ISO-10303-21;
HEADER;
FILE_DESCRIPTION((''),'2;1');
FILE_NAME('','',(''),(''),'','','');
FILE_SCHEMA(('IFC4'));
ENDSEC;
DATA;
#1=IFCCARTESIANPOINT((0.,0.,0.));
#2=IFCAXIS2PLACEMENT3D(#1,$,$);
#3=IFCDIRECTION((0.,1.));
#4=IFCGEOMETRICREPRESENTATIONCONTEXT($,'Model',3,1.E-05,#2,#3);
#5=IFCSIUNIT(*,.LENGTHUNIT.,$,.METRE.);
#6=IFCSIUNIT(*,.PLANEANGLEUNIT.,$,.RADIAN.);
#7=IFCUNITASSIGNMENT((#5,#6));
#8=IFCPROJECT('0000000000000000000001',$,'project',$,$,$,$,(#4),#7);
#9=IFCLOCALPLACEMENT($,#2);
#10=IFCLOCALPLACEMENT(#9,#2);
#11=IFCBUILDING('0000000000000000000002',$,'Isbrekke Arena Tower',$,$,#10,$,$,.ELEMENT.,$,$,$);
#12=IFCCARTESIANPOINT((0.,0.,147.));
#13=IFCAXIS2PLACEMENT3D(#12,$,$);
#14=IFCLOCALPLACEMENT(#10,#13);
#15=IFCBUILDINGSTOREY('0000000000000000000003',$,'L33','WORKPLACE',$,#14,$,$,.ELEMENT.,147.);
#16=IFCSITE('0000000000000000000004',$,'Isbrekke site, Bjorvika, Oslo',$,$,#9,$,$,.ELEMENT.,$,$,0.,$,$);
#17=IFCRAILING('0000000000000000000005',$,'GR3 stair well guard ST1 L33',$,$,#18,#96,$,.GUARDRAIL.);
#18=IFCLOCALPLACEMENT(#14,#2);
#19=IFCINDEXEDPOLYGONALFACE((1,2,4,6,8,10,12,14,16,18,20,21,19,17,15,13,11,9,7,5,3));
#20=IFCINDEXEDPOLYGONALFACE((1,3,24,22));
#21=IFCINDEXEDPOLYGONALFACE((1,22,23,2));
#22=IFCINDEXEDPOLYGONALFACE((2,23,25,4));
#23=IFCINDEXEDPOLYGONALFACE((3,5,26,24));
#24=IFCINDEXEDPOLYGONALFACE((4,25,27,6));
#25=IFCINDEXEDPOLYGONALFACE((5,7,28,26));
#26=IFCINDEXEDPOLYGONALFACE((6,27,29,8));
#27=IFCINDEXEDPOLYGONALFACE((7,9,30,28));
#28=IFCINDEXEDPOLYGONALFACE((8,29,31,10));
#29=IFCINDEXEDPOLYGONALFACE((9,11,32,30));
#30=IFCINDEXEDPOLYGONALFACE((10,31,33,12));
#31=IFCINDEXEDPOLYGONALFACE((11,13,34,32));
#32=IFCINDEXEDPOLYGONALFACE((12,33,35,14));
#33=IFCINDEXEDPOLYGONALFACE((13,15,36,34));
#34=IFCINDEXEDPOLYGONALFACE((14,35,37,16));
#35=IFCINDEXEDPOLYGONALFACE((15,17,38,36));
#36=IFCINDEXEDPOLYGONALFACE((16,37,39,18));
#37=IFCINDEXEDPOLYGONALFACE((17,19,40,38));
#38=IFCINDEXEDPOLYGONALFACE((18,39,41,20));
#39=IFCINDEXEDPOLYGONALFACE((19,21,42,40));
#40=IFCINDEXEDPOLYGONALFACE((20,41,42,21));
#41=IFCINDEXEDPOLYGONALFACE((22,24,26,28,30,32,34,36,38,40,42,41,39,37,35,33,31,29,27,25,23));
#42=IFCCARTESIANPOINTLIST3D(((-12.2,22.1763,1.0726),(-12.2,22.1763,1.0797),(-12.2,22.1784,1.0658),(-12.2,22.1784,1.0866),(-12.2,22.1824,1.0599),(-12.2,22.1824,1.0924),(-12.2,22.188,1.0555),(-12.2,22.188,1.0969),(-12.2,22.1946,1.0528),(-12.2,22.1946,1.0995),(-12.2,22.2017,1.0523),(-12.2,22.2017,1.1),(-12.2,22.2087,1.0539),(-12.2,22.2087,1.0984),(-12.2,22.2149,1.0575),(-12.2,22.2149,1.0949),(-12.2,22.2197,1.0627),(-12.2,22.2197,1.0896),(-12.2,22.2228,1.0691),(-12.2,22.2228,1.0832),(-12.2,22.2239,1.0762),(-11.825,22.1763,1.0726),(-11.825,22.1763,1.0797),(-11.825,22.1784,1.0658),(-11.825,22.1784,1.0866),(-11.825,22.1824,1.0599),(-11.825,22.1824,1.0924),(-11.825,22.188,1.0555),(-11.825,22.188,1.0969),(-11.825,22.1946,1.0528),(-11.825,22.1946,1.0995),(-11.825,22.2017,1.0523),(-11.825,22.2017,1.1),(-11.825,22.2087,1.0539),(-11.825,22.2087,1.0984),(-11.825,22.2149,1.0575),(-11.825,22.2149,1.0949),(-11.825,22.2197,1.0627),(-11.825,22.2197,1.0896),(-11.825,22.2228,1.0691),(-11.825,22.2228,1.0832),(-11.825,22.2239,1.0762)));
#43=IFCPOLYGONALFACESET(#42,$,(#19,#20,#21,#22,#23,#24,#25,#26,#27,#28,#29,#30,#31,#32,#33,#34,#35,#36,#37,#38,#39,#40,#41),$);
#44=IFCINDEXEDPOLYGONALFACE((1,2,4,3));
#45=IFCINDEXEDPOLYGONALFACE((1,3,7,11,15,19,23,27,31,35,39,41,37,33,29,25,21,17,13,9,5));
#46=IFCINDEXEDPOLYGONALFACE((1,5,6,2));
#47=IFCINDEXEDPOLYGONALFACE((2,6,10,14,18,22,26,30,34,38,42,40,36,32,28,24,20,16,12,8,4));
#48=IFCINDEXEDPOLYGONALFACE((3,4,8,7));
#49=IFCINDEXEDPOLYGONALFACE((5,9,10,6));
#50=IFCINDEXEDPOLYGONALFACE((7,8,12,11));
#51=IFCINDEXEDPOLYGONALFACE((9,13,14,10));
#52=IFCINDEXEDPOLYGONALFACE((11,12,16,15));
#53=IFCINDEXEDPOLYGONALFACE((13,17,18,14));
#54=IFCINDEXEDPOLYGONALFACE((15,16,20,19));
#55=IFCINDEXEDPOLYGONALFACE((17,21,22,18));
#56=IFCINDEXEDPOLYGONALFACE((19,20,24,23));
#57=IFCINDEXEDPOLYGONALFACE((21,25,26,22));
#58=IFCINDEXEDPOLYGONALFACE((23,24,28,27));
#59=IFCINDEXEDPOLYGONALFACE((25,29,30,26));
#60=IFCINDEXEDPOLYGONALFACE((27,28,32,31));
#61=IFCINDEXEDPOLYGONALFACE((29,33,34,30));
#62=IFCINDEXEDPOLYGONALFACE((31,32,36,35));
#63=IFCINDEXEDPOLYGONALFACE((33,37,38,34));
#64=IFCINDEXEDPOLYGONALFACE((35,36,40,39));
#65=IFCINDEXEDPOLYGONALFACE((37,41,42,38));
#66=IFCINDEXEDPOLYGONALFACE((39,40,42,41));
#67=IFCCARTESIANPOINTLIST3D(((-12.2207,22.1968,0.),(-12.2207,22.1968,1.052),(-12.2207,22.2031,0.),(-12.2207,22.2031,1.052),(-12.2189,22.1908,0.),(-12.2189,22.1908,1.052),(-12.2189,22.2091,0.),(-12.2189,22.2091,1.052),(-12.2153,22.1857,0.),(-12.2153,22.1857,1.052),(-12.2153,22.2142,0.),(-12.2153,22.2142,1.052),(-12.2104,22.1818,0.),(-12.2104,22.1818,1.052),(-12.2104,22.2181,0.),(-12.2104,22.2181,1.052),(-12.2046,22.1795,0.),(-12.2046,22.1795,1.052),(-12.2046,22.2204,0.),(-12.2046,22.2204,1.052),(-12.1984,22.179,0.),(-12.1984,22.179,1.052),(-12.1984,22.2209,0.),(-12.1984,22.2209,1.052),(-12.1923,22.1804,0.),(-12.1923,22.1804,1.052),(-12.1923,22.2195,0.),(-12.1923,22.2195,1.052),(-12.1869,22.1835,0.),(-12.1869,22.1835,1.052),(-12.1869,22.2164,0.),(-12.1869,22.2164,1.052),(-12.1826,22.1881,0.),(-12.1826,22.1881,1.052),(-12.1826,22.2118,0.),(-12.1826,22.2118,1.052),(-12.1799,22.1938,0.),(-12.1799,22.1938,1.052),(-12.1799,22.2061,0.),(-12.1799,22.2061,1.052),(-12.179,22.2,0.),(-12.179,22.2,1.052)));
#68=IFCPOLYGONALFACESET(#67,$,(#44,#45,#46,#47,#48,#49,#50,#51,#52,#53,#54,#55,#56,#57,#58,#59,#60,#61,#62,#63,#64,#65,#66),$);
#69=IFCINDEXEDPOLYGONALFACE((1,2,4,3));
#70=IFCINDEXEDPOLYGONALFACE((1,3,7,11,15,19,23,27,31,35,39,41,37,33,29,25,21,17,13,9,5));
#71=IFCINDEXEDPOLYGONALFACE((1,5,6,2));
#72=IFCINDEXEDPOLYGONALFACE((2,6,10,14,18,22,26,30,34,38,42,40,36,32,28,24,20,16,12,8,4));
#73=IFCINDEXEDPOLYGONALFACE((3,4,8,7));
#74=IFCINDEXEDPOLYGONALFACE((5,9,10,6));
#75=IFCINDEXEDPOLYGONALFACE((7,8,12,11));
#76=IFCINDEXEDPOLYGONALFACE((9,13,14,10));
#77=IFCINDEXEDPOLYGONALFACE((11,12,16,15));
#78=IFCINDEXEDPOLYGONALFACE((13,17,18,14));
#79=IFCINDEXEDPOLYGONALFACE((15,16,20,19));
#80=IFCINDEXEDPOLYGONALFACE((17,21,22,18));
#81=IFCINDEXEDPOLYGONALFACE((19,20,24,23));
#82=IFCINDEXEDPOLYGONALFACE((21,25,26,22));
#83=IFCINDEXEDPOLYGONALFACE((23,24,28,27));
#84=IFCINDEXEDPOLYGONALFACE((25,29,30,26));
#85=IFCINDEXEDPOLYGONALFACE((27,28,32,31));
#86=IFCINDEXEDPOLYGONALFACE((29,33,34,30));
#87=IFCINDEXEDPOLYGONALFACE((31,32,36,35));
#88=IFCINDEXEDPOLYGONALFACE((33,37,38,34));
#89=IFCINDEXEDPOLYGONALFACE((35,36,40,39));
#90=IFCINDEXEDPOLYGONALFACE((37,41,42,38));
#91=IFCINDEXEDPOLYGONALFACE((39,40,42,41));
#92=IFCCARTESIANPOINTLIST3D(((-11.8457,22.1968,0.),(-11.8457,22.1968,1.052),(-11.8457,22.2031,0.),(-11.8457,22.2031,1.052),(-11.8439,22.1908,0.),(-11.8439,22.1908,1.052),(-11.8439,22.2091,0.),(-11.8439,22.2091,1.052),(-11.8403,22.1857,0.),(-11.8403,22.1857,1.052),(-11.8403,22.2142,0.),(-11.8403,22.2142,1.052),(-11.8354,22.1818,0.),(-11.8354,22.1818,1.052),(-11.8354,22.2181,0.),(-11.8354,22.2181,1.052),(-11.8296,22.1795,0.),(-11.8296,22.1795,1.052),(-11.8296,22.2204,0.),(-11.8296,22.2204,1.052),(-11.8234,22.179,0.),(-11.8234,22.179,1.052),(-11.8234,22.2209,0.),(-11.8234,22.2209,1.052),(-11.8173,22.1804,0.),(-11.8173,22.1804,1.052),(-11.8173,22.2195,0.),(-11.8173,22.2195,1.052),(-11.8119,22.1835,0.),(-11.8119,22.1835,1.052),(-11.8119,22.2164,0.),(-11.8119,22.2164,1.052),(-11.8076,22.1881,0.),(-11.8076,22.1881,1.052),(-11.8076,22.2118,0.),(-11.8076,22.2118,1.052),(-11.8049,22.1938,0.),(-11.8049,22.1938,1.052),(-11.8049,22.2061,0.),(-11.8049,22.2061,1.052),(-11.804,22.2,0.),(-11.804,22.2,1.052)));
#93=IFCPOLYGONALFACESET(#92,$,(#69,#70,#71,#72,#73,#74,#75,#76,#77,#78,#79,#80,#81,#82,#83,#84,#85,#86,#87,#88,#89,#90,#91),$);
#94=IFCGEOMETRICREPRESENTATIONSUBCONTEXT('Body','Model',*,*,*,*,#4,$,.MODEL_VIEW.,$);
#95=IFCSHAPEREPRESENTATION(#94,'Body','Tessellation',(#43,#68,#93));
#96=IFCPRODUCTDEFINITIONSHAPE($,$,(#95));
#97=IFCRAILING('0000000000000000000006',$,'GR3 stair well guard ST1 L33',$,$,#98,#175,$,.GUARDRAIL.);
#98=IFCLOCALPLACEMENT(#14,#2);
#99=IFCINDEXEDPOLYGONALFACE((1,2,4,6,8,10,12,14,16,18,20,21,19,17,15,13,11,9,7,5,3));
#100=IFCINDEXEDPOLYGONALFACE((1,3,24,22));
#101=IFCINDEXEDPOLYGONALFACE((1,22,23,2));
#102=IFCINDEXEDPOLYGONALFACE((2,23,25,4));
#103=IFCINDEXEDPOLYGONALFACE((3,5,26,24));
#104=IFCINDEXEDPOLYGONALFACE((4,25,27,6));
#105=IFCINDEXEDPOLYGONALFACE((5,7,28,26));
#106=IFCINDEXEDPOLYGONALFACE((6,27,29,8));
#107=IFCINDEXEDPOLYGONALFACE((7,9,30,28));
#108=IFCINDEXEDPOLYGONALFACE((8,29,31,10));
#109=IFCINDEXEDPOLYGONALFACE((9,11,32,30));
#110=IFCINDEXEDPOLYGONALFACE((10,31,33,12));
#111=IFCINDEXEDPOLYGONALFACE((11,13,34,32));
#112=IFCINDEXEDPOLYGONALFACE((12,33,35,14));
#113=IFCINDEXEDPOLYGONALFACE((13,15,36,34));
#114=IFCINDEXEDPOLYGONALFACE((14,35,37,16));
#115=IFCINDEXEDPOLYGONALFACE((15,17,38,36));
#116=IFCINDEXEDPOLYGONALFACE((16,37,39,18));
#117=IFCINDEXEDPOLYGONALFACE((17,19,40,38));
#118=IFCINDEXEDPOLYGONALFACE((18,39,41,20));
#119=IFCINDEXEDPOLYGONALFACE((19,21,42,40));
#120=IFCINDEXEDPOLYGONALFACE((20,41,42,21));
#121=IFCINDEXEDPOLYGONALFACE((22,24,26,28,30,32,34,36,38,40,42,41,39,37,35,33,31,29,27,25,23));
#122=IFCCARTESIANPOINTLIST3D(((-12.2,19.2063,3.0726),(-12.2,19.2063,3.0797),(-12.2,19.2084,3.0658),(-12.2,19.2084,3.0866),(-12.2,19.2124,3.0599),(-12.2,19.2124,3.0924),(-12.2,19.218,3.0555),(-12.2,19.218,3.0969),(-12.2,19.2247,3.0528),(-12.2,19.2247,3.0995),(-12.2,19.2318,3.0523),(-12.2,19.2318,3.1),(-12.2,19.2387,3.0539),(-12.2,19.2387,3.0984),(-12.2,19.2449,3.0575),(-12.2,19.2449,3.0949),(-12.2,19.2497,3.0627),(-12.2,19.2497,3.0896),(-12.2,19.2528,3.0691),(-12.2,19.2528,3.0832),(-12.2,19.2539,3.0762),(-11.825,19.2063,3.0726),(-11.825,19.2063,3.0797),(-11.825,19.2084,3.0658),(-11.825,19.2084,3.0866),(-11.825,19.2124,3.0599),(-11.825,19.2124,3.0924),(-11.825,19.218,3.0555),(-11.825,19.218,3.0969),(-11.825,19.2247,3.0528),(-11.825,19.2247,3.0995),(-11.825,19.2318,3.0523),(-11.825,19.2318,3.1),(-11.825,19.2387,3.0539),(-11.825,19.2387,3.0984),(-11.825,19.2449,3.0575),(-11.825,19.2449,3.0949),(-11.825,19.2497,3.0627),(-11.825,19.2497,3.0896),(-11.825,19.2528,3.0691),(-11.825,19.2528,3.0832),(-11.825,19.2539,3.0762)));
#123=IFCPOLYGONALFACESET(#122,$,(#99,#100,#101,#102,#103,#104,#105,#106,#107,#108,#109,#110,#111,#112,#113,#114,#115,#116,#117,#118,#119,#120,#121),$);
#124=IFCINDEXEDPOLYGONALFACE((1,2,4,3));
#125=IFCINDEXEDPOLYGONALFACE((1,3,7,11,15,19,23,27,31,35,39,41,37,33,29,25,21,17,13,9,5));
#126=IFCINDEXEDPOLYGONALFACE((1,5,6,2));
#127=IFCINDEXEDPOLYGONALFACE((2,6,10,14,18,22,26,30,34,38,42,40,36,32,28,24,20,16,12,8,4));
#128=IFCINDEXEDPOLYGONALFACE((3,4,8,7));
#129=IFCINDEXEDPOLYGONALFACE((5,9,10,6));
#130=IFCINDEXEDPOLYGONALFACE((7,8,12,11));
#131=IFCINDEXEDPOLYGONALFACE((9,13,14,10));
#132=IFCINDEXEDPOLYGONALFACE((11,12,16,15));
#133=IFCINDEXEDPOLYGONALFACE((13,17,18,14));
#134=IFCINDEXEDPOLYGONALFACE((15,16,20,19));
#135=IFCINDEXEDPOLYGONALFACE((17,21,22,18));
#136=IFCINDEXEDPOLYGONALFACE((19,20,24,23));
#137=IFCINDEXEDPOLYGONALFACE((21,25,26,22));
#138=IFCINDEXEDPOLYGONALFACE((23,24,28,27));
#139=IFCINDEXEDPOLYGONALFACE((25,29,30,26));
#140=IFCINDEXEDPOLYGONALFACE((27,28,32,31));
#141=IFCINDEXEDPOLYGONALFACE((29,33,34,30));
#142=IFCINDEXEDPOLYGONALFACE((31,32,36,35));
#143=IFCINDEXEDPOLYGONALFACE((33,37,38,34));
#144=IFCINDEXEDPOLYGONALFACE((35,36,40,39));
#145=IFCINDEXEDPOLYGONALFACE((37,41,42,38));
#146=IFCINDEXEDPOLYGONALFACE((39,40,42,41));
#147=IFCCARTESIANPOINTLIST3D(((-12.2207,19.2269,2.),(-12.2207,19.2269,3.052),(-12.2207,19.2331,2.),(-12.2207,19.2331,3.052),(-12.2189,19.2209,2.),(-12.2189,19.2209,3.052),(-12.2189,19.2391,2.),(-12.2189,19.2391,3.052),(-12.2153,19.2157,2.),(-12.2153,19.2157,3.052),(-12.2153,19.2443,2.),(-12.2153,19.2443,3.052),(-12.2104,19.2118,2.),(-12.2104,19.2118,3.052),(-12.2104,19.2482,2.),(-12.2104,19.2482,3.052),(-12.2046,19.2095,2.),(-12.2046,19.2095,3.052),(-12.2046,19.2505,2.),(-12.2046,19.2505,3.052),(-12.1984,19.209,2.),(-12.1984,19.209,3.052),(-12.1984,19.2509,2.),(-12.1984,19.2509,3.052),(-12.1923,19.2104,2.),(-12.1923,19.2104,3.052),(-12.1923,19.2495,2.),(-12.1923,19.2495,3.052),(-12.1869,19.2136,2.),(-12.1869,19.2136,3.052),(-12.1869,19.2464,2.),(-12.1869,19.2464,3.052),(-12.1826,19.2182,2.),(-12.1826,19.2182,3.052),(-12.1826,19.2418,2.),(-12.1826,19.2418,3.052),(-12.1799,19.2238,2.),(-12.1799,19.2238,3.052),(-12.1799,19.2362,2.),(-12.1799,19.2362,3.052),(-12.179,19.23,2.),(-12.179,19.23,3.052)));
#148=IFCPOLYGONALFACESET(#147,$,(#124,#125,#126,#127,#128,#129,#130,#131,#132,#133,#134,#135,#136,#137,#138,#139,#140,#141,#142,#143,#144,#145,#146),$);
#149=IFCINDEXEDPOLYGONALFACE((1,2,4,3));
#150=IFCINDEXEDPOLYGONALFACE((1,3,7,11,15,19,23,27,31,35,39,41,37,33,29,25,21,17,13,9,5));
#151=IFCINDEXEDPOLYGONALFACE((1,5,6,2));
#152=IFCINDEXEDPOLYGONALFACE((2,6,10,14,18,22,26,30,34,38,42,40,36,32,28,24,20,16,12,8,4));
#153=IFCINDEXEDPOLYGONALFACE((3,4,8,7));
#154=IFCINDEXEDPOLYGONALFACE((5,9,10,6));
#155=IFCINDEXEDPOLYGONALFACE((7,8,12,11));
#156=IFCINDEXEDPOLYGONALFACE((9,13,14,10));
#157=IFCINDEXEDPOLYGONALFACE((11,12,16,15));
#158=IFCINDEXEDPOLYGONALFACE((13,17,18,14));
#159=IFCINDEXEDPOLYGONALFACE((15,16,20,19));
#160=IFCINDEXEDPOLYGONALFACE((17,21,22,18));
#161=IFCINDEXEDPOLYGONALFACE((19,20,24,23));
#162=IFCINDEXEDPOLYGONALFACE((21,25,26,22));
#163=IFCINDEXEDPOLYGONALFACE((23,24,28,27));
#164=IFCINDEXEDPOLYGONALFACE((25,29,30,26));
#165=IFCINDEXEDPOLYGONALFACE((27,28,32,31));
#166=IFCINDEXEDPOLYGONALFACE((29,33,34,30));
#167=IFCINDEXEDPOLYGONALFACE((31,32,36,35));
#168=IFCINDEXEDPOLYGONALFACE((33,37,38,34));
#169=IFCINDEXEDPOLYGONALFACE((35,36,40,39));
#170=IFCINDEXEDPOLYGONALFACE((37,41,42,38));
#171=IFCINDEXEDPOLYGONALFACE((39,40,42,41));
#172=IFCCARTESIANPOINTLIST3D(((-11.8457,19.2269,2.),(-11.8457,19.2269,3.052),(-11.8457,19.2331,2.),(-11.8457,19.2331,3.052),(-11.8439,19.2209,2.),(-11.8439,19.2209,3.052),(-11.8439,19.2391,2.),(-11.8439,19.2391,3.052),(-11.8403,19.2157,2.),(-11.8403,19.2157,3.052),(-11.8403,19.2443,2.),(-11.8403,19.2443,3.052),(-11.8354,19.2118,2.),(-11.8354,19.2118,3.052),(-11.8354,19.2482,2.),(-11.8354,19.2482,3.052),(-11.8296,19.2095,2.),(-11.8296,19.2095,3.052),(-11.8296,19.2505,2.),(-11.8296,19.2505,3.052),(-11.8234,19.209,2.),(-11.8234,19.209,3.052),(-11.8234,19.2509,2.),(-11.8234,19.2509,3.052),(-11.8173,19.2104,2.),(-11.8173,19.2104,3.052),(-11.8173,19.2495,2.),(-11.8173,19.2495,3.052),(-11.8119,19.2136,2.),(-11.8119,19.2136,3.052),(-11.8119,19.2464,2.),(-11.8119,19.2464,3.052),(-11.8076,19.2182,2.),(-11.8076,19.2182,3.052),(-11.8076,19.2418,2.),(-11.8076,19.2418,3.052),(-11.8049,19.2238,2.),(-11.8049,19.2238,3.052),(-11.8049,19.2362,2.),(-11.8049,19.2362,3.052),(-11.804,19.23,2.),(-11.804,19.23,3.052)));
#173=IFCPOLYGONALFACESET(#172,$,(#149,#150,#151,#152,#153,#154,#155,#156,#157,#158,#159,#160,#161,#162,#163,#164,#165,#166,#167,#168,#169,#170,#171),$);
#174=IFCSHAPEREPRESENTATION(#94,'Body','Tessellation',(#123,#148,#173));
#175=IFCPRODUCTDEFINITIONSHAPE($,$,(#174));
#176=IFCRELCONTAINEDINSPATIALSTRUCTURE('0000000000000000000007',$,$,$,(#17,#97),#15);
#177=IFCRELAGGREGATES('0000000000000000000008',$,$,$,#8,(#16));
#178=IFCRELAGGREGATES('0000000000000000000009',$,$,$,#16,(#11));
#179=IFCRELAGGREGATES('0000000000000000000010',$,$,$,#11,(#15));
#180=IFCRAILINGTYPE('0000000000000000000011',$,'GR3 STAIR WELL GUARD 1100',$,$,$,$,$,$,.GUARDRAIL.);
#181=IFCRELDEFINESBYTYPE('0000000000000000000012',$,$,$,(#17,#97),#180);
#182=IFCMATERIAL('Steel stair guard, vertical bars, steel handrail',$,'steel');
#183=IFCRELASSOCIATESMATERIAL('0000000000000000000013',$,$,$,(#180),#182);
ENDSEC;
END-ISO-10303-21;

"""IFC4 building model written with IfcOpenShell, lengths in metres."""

from ifc_helpers import new_model, si_unit, direction, frame, origin, origin_2d, place, context, subcontext, project, spatial, circle, extrude, material, type_object, element, save


model = new_model("IFC4")

# Units and contexts
model_context = context("Model", 3, precision=1e-05, world=origin(), true_north=direction((0.0, 1.0)))
body_context = subcontext(model_context, "Body", "Model", "MODEL_VIEW")
ifc_project = project(units=[si_unit("LENGTHUNIT", "METRE"), si_unit("PLANEANGLEUNIT", "RADIAN")], contexts=[model_context])

# Site, building, storey
site_placement = place(None, origin())
site = spatial("IfcSite", under=ifc_project, at=site_placement, Name="Isbrekke site, Bjorvika, Oslo", CompositionType="ELEMENT", RefElevation=0.0)
building_placement = place(site_placement, origin())
building = spatial("IfcBuilding", under=site, at=building_placement, Name="Isbrekke Arena Tower", CompositionType="ELEMENT")
storey_placement = place(building_placement, frame((0.0, 0.0, 147.0)))
storey = spatial("IfcBuildingStorey", under=building, at=storey_placement, Name="L33", Description="WORKPLACE", CompositionType="ELEMENT", Elevation=147.0)

# Railings
ifc_material_1 = material(Name="Steel stair guard, vertical bars, steel handrail", Category="steel")
railing_type = type_object("IfcRailingType", Name="GR3 STAIR WELL GUARD 1100", PredefinedType="GUARDRAIL", material=ifc_material_1)
for number, where, name in (
    (1, (-12.2, 22.2, 0.0), "GR3 stair well guard ST1 L33"),
    (2, (-12.2, 19.23, 2.0), "GR3 stair well guard ST1 L33"),
):
    element("IfcRailing", number, at=place(storey_placement, frame(where)), inside=storey, type_object=railing_type, Name=name, PredefinedType="GUARDRAIL", context=body_context, shape_type="SweptSolid", body=[
        extrude(circle(Radius=0.0239, at=origin_2d()), frame((0.0, 0.0, 1.0762), z_axis=(1.0, 0.0, 0.0), x_axis=(0.0, 1.0, 0.0)), (0.0, 0.0, 1.0), 0.375),
        extrude(circle(Radius=0.021, at=origin_2d()), origin(), (0.0, 0.0, 1.0), 1.052),
        extrude(circle(Radius=0.021, at=origin_2d()), frame((0.375, 0.0, 0.0)), (0.0, 0.0, 1.0), 1.052),
    ])

save(model, "model.ifc")
